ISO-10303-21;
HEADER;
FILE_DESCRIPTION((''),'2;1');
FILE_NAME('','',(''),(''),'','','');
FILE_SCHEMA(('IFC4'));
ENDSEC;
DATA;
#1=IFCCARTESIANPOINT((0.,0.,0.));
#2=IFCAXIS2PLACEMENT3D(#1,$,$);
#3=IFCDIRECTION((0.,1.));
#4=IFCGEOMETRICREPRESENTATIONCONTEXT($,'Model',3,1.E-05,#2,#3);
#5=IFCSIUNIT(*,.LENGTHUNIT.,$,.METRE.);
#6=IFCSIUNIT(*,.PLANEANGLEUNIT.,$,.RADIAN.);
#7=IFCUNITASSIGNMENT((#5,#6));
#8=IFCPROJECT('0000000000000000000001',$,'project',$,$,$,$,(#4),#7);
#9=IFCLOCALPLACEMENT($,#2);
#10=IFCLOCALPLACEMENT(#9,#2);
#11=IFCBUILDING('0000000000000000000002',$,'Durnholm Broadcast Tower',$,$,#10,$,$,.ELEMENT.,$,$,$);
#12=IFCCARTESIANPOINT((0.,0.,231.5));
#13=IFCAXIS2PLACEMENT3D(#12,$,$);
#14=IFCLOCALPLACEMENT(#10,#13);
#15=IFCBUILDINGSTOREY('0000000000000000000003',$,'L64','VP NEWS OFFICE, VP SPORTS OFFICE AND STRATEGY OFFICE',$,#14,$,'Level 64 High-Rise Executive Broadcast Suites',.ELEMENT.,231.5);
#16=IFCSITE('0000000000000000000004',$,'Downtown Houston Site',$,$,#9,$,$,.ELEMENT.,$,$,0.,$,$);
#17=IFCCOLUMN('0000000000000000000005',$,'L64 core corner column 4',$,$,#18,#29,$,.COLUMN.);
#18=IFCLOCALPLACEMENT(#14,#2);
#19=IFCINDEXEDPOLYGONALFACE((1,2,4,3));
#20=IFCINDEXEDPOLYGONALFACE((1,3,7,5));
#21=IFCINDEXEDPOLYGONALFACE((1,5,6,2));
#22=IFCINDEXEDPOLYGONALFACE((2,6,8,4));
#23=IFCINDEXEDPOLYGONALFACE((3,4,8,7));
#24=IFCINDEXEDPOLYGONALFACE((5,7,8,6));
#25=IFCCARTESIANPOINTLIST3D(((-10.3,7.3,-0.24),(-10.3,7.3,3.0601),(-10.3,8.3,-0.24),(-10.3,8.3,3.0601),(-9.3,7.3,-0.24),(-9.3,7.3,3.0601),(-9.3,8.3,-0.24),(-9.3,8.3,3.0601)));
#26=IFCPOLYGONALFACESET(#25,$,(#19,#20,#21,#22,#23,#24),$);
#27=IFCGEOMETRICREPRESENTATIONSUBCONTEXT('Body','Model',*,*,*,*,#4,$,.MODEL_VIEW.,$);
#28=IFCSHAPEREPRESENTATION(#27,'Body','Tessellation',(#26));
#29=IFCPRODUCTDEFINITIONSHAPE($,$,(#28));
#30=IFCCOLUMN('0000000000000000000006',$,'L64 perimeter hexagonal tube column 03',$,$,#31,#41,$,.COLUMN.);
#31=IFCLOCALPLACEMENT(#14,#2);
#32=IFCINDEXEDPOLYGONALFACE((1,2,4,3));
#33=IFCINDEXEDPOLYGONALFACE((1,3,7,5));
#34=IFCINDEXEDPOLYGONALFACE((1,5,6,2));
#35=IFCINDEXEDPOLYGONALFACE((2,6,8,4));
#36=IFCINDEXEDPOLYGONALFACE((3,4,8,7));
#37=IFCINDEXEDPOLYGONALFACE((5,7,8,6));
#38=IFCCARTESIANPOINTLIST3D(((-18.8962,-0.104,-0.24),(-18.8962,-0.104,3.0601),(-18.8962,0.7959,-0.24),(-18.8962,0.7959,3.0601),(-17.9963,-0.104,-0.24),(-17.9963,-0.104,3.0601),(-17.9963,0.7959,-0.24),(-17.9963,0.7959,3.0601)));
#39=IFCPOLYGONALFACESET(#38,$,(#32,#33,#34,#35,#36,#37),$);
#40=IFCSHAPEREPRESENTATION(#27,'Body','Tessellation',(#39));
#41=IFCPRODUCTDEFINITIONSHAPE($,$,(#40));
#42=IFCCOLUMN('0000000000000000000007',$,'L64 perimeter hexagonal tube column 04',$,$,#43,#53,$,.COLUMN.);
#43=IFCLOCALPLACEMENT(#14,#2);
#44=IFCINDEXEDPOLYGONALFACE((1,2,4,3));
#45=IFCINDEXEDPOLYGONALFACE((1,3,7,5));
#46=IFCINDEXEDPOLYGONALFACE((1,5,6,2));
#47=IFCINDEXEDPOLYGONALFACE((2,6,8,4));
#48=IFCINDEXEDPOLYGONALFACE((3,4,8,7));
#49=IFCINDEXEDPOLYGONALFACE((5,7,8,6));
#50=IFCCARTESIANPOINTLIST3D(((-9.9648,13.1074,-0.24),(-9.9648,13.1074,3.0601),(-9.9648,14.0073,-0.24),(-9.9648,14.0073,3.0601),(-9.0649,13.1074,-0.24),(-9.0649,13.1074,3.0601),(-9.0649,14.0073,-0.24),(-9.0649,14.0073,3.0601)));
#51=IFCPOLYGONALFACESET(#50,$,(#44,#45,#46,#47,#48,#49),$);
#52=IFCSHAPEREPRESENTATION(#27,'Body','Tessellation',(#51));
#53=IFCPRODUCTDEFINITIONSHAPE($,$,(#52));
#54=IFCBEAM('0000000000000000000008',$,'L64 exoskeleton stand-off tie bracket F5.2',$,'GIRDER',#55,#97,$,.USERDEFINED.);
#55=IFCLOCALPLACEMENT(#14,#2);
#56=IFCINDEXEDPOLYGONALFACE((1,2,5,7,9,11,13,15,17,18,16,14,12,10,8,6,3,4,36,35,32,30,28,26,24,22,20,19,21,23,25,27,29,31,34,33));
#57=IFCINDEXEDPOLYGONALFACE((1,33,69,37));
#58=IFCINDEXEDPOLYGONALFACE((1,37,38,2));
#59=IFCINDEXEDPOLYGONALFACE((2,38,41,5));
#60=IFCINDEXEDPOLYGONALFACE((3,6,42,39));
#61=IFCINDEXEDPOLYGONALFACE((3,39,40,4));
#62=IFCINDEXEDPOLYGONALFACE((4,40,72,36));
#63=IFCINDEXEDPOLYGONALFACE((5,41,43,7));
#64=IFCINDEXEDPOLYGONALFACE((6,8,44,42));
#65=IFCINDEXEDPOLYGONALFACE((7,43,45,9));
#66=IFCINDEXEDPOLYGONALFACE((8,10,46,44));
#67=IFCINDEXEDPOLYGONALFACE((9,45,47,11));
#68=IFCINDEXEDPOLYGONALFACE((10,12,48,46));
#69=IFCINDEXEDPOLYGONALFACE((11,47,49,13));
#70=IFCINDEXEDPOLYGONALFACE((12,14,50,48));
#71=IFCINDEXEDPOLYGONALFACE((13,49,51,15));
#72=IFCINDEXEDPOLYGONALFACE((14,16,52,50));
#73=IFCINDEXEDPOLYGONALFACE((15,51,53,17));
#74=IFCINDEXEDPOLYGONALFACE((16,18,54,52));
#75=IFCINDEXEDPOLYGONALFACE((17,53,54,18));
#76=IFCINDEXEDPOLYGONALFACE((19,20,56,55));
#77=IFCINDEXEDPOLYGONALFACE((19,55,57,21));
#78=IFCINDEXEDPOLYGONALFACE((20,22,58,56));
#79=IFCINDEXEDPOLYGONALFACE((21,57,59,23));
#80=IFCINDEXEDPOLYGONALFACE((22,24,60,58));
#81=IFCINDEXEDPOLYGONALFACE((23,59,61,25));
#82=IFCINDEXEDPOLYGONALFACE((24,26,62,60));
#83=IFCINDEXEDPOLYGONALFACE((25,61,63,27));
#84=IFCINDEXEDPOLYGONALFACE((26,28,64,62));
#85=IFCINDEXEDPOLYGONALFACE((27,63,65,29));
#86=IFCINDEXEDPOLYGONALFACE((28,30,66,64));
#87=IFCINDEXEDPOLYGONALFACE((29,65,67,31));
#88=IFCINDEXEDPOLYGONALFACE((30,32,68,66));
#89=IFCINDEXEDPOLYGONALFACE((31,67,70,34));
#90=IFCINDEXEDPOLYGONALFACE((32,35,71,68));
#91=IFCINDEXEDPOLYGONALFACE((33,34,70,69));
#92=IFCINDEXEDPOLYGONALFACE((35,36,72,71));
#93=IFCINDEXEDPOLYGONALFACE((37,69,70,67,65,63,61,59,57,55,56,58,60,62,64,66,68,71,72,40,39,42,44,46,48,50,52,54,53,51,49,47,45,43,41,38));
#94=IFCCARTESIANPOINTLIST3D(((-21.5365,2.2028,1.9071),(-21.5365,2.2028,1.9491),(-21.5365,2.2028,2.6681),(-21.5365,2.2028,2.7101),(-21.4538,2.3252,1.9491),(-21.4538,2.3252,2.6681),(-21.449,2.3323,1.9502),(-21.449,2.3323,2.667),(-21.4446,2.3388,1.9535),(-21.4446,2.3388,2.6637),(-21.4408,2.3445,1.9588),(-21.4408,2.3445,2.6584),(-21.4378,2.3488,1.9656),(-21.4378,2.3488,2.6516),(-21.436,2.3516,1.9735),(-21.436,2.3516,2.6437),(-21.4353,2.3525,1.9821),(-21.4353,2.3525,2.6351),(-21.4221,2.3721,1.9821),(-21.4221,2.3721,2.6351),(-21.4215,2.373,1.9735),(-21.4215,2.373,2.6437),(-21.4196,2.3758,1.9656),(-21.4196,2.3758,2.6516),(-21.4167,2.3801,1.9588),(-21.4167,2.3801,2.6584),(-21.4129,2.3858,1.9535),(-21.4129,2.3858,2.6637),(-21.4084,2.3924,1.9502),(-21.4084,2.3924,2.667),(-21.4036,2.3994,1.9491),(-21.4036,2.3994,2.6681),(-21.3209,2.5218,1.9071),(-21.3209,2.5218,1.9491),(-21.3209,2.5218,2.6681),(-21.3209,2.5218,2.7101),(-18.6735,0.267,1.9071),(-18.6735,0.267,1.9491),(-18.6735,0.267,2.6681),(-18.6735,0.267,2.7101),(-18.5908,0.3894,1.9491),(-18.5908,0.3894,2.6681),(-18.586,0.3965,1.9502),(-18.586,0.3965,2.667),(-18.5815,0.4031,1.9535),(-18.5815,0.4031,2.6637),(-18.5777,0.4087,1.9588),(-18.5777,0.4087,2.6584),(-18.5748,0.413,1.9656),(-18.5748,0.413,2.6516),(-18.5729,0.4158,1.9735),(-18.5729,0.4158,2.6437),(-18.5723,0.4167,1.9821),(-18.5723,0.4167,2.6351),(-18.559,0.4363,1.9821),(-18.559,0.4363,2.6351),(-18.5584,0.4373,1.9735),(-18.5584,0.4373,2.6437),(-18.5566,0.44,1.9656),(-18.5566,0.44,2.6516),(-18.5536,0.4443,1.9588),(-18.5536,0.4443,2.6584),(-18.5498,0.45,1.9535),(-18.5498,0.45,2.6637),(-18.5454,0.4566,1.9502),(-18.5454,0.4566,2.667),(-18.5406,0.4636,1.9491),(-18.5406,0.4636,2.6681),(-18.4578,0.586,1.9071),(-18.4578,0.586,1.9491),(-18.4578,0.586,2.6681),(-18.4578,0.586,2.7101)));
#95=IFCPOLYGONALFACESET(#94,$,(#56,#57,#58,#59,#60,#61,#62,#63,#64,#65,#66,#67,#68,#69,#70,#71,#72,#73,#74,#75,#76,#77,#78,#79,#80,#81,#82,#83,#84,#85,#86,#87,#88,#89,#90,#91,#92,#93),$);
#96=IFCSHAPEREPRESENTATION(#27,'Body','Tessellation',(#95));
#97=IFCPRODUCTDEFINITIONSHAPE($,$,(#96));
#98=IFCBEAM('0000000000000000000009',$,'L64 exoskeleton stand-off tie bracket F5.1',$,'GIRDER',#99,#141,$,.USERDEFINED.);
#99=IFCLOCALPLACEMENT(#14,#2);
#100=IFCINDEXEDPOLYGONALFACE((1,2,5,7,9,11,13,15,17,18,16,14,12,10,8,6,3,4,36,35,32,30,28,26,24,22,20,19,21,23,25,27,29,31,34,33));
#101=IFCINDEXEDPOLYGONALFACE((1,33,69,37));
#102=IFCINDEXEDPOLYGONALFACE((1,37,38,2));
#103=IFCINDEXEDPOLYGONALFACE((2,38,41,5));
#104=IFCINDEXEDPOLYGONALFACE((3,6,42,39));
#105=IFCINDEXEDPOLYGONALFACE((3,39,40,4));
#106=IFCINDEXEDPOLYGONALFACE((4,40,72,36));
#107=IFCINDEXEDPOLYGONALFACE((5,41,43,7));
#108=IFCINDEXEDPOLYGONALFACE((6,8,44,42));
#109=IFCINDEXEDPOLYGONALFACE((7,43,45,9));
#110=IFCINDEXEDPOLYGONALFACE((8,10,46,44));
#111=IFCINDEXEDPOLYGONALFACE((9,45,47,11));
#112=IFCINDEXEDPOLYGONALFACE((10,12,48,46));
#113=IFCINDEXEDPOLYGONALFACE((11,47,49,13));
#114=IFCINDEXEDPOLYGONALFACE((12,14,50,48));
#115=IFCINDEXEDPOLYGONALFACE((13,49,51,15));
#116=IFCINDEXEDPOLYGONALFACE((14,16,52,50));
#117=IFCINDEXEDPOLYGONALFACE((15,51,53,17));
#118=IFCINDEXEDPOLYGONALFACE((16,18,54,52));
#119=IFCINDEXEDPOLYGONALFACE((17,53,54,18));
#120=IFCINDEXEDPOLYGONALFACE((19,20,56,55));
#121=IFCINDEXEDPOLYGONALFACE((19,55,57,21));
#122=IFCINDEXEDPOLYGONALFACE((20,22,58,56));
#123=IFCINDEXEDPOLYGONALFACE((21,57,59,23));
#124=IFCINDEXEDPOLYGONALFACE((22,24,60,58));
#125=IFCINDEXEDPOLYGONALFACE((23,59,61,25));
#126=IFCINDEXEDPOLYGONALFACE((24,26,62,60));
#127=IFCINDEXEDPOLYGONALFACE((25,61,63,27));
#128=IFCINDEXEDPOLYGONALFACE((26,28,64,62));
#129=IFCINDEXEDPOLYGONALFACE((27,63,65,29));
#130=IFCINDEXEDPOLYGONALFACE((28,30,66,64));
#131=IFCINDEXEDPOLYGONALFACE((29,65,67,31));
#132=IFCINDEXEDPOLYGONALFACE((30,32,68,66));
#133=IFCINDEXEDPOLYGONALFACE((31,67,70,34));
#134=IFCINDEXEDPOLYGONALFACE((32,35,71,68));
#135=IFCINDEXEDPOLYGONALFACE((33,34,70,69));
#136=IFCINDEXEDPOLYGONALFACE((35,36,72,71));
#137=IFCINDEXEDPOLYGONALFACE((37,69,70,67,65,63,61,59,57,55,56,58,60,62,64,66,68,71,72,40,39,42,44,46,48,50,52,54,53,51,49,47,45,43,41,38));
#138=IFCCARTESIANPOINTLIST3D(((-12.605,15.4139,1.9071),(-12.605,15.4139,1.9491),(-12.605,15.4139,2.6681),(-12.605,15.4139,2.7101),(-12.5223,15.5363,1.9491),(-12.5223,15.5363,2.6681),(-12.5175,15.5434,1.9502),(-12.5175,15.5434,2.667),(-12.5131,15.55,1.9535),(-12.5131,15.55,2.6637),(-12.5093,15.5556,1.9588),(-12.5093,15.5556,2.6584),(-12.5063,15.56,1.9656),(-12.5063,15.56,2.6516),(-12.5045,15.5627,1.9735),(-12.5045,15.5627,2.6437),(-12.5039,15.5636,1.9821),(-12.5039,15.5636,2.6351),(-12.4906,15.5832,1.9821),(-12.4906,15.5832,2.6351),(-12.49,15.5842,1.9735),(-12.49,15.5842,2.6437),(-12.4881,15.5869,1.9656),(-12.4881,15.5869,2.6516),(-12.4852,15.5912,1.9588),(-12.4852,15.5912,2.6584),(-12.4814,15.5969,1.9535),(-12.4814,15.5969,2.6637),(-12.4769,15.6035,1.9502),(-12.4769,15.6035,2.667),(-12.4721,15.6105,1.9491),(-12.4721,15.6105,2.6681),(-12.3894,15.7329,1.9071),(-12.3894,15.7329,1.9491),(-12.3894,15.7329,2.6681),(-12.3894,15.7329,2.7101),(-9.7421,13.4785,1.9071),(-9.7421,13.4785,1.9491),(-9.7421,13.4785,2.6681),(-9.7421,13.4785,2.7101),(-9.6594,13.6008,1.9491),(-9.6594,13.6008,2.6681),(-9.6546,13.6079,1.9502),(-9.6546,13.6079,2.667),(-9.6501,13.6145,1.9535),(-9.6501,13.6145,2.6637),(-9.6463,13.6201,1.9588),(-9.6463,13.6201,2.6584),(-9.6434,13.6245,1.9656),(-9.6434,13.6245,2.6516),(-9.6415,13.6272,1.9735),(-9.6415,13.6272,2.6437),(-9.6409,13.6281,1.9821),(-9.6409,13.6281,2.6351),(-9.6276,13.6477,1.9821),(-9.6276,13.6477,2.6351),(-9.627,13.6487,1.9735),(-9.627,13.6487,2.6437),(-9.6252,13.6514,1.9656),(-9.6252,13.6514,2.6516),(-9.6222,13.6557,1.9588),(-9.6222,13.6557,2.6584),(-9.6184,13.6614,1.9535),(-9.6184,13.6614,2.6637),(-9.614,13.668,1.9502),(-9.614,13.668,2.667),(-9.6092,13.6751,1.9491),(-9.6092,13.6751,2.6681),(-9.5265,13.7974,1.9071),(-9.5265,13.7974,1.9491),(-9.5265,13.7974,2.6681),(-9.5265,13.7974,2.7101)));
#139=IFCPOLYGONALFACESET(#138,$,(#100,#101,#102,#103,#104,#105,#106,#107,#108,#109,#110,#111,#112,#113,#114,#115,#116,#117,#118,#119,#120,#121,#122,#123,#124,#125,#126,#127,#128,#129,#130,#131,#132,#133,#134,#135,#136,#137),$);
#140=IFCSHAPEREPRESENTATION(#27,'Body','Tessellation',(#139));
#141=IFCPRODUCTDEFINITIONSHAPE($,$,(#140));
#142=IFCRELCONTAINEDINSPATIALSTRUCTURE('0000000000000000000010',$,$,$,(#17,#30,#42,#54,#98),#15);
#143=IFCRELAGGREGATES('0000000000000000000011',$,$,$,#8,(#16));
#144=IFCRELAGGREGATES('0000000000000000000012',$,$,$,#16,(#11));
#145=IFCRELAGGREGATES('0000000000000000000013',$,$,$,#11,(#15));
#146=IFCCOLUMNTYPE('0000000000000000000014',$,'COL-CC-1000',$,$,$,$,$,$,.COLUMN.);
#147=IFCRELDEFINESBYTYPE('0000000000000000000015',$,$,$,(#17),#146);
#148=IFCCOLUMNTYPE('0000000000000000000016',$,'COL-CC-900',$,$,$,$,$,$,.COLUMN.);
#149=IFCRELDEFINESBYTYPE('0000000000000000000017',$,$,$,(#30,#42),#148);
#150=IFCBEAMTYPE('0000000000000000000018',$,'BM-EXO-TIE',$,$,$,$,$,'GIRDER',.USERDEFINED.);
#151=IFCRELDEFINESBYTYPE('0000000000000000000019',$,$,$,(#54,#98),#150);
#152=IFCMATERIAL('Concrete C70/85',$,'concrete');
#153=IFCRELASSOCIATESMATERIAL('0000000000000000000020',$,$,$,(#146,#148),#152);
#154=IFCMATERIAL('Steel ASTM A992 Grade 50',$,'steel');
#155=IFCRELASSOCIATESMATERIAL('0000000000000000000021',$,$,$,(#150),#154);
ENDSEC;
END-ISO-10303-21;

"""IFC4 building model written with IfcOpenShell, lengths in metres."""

from ifc_helpers import new_model, si_unit, direction, frame, origin, origin_2d, place, context, subcontext, project, spatial, rectangle, i_section, extrude, source, transform, mapped, material, material_profile, profile_set, type_object, type_shapes, element, save


model = new_model("IFC4")

# Units and contexts
model_context = context("Model", 3, precision=1e-05, world=origin(), true_north=direction((0.0, 1.0)))
body_context = subcontext(model_context, "Body", "Model", "MODEL_VIEW")
ifc_project = project(units=[si_unit("LENGTHUNIT", "METRE"), si_unit("PLANEANGLEUNIT", "RADIAN")], contexts=[model_context])

# Site, building, storey
site_placement = place(None, origin())
site = spatial("IfcSite", under=ifc_project, at=site_placement, Name="Downtown Houston Site", CompositionType="ELEMENT", RefElevation=0.0)
building_placement = place(site_placement, origin())
building = spatial("IfcBuilding", under=site, at=building_placement, Name="Durnholm Broadcast Tower", CompositionType="ELEMENT")
storey_placement = place(building_placement, frame((0.0, 0.0, 231.5)))
storey = spatial("IfcBuildingStorey", under=building, at=storey_placement, Name="L64", Description="VP NEWS OFFICE, VP SPORTS OFFICE AND STRATEGY OFFICE", LongName="Level 64 High-Rise Executive Broadcast Suites", CompositionType="ELEMENT", Elevation=231.5)

# Columns
ifc_material_1 = material(Name="Concrete C70/85", Category="concrete")
ifc_material_profile_1 = material_profile(ifc_material_1, rectangle(XDim=1.0, YDim=1.0, at=origin_2d()), Name="RC1000X1000")
ifc_profile_set_1 = profile_set([ifc_material_profile_1], Name="Concrete C70/85")
column_type_1 = type_object("IfcColumnType", Name="COL-CC-1000", PredefinedType="COLUMN", material=ifc_profile_set_1)
shared_shape_1 = source(origin(), body_context, "Body", "SweptSolid", [
    extrude(rectangle(XDim=1.0, YDim=1.0, at=origin_2d()), origin(), (0.0, 0.0, 1.0), 3.3),
])
type_shapes(column_type_1, [shared_shape_1])
column_placement = place(storey_placement, frame((-9.8, 7.8, -0.24), z_axis=(0.0, 0.0, 1.0), x_axis=(1.0, 0.0, 0.0)))
element("IfcColumn", 1, at=column_placement, inside=storey, type_object=column_type_1, Name="L64 core corner column 4", PredefinedType="COLUMN", context=body_context, shape_type="MappedRepresentation", body=[
    mapped(shared_shape_1, transform((0.0, 0.0, 0.0), x_axis=(1.0, 0.0, 0.0), y_axis=(0.0, 1.0, 0.0), z_axis=(0.0, 0.0, 1.0), scale=1.0)),
])
ifc_material_profile_2 = material_profile(ifc_material_1, rectangle(XDim=0.8999, YDim=0.8999, at=origin_2d()), Name="RC900X900")
ifc_profile_set_2 = profile_set([ifc_material_profile_2], Name="Concrete C70/85")
column_type_2 = type_object("IfcColumnType", Name="COL-CC-900", PredefinedType="COLUMN", material=ifc_profile_set_2)
shared_shape_2 = source(origin(), body_context, "Body", "SweptSolid", [
    extrude(rectangle(XDim=0.8999, YDim=0.8999, at=origin_2d()), origin(), (0.0, 0.0, 1.0), 3.3),
])
type_shapes(column_type_2, [shared_shape_2])
for number, where, z_axis, x_axis, name in (
    (2, (-18.4463, 0.3459, -0.24), (0.0, 0.0, 1.0), (1.0, 0.0, 0.0), "L64 perimeter hexagonal tube column 03"),
    (3, (-9.5149, 13.5574, -0.24), (0.0, 0.0, 1.0), (1.0, 0.0, 0.0), "L64 perimeter hexagonal tube column 04"),
):
    element("IfcColumn", number, at=place(storey_placement, frame(where, z_axis=z_axis, x_axis=x_axis)), inside=storey, type_object=column_type_2, Name=name, PredefinedType="COLUMN", context=body_context, shape_type="MappedRepresentation", body=[
        mapped(shared_shape_2, transform((0.0, 0.0, 0.0), x_axis=(1.0, 0.0, 0.0), y_axis=(0.0, 1.0, 0.0), z_axis=(0.0, 0.0, 1.0), scale=1.0)),
    ])

# Beams
ifc_material_2 = material(Name="Steel ASTM A992 Grade 50", Category="steel")
ifc_material_profile_3 = material_profile(ifc_material_2, i_section(OverallWidth=0.385, OverallDepth=0.803, WebThickness=0.0237, FlangeThickness=0.042, FilletRadius=0.033, at=origin_2d()), Name="W30X261")
ifc_profile_set_3 = profile_set([ifc_material_profile_3], Name="Steel ASTM A992 Grade 50")
beam_type_1 = type_object("IfcBeamType", Name="BM-EXO-TIE", ElementType="GIRDER", PredefinedType="USERDEFINED", material=ifc_profile_set_3)
shared_shape_3 = source(origin(), body_context, "Body", "SweptSolid", [
    extrude(i_section(OverallWidth=0.385, OverallDepth=0.803, WebThickness=0.0237, FlangeThickness=0.042, FilletRadius=0.033, at=origin_2d()), origin(), (0.0, 0.0, 1.0), 3.4561),
])
beam_1_placement = place(storey_placement, frame((-18.5657, 0.4265, 2.3086), z_axis=(-0.828414, 0.560117, 0.0), x_axis=(-0.560117, -0.828414, 0.0)))
element("IfcBeam", 4, at=beam_1_placement, inside=storey, type_object=beam_type_1, Name="L64 exoskeleton stand-off tie bracket F5.2", ObjectType="GIRDER", PredefinedType="USERDEFINED", context=body_context, shape_type="MappedRepresentation", body=[
    mapped(shared_shape_3, transform((0.0, 0.0, 0.0), x_axis=(1.0, 0.0, 0.0), y_axis=(0.0, 1.0, 0.0), z_axis=(0.0, 0.0, 1.0), scale=1.0)),
])
shared_shape_4 = source(origin(), body_context, "Body", "SweptSolid", [
    extrude(i_section(OverallWidth=0.385, OverallDepth=0.803, WebThickness=0.0237, FlangeThickness=0.042, FilletRadius=0.033, at=origin_2d()), origin(), (0.0, 0.0, 1.0), 3.4558),
])
beam_2_placement = place(storey_placement, frame((-9.6343, 13.6379, 2.3086), z_axis=(-0.828446, 0.560068, 0.0), x_axis=(-0.560068, -0.828446, 0.0)))
element("IfcBeam", 5, at=beam_2_placement, inside=storey, type_object=beam_type_1, Name="L64 exoskeleton stand-off tie bracket F5.1", ObjectType="GIRDER", PredefinedType="USERDEFINED", context=body_context, shape_type="MappedRepresentation", body=[
    mapped(shared_shape_4, transform((0.0, 0.0, 0.0), x_axis=(1.0, 0.0, 0.0), y_axis=(0.0, 1.0, 0.0), z_axis=(0.0, 0.0, 1.0), scale=1.0)),
])

save(model, "model.ifc")
